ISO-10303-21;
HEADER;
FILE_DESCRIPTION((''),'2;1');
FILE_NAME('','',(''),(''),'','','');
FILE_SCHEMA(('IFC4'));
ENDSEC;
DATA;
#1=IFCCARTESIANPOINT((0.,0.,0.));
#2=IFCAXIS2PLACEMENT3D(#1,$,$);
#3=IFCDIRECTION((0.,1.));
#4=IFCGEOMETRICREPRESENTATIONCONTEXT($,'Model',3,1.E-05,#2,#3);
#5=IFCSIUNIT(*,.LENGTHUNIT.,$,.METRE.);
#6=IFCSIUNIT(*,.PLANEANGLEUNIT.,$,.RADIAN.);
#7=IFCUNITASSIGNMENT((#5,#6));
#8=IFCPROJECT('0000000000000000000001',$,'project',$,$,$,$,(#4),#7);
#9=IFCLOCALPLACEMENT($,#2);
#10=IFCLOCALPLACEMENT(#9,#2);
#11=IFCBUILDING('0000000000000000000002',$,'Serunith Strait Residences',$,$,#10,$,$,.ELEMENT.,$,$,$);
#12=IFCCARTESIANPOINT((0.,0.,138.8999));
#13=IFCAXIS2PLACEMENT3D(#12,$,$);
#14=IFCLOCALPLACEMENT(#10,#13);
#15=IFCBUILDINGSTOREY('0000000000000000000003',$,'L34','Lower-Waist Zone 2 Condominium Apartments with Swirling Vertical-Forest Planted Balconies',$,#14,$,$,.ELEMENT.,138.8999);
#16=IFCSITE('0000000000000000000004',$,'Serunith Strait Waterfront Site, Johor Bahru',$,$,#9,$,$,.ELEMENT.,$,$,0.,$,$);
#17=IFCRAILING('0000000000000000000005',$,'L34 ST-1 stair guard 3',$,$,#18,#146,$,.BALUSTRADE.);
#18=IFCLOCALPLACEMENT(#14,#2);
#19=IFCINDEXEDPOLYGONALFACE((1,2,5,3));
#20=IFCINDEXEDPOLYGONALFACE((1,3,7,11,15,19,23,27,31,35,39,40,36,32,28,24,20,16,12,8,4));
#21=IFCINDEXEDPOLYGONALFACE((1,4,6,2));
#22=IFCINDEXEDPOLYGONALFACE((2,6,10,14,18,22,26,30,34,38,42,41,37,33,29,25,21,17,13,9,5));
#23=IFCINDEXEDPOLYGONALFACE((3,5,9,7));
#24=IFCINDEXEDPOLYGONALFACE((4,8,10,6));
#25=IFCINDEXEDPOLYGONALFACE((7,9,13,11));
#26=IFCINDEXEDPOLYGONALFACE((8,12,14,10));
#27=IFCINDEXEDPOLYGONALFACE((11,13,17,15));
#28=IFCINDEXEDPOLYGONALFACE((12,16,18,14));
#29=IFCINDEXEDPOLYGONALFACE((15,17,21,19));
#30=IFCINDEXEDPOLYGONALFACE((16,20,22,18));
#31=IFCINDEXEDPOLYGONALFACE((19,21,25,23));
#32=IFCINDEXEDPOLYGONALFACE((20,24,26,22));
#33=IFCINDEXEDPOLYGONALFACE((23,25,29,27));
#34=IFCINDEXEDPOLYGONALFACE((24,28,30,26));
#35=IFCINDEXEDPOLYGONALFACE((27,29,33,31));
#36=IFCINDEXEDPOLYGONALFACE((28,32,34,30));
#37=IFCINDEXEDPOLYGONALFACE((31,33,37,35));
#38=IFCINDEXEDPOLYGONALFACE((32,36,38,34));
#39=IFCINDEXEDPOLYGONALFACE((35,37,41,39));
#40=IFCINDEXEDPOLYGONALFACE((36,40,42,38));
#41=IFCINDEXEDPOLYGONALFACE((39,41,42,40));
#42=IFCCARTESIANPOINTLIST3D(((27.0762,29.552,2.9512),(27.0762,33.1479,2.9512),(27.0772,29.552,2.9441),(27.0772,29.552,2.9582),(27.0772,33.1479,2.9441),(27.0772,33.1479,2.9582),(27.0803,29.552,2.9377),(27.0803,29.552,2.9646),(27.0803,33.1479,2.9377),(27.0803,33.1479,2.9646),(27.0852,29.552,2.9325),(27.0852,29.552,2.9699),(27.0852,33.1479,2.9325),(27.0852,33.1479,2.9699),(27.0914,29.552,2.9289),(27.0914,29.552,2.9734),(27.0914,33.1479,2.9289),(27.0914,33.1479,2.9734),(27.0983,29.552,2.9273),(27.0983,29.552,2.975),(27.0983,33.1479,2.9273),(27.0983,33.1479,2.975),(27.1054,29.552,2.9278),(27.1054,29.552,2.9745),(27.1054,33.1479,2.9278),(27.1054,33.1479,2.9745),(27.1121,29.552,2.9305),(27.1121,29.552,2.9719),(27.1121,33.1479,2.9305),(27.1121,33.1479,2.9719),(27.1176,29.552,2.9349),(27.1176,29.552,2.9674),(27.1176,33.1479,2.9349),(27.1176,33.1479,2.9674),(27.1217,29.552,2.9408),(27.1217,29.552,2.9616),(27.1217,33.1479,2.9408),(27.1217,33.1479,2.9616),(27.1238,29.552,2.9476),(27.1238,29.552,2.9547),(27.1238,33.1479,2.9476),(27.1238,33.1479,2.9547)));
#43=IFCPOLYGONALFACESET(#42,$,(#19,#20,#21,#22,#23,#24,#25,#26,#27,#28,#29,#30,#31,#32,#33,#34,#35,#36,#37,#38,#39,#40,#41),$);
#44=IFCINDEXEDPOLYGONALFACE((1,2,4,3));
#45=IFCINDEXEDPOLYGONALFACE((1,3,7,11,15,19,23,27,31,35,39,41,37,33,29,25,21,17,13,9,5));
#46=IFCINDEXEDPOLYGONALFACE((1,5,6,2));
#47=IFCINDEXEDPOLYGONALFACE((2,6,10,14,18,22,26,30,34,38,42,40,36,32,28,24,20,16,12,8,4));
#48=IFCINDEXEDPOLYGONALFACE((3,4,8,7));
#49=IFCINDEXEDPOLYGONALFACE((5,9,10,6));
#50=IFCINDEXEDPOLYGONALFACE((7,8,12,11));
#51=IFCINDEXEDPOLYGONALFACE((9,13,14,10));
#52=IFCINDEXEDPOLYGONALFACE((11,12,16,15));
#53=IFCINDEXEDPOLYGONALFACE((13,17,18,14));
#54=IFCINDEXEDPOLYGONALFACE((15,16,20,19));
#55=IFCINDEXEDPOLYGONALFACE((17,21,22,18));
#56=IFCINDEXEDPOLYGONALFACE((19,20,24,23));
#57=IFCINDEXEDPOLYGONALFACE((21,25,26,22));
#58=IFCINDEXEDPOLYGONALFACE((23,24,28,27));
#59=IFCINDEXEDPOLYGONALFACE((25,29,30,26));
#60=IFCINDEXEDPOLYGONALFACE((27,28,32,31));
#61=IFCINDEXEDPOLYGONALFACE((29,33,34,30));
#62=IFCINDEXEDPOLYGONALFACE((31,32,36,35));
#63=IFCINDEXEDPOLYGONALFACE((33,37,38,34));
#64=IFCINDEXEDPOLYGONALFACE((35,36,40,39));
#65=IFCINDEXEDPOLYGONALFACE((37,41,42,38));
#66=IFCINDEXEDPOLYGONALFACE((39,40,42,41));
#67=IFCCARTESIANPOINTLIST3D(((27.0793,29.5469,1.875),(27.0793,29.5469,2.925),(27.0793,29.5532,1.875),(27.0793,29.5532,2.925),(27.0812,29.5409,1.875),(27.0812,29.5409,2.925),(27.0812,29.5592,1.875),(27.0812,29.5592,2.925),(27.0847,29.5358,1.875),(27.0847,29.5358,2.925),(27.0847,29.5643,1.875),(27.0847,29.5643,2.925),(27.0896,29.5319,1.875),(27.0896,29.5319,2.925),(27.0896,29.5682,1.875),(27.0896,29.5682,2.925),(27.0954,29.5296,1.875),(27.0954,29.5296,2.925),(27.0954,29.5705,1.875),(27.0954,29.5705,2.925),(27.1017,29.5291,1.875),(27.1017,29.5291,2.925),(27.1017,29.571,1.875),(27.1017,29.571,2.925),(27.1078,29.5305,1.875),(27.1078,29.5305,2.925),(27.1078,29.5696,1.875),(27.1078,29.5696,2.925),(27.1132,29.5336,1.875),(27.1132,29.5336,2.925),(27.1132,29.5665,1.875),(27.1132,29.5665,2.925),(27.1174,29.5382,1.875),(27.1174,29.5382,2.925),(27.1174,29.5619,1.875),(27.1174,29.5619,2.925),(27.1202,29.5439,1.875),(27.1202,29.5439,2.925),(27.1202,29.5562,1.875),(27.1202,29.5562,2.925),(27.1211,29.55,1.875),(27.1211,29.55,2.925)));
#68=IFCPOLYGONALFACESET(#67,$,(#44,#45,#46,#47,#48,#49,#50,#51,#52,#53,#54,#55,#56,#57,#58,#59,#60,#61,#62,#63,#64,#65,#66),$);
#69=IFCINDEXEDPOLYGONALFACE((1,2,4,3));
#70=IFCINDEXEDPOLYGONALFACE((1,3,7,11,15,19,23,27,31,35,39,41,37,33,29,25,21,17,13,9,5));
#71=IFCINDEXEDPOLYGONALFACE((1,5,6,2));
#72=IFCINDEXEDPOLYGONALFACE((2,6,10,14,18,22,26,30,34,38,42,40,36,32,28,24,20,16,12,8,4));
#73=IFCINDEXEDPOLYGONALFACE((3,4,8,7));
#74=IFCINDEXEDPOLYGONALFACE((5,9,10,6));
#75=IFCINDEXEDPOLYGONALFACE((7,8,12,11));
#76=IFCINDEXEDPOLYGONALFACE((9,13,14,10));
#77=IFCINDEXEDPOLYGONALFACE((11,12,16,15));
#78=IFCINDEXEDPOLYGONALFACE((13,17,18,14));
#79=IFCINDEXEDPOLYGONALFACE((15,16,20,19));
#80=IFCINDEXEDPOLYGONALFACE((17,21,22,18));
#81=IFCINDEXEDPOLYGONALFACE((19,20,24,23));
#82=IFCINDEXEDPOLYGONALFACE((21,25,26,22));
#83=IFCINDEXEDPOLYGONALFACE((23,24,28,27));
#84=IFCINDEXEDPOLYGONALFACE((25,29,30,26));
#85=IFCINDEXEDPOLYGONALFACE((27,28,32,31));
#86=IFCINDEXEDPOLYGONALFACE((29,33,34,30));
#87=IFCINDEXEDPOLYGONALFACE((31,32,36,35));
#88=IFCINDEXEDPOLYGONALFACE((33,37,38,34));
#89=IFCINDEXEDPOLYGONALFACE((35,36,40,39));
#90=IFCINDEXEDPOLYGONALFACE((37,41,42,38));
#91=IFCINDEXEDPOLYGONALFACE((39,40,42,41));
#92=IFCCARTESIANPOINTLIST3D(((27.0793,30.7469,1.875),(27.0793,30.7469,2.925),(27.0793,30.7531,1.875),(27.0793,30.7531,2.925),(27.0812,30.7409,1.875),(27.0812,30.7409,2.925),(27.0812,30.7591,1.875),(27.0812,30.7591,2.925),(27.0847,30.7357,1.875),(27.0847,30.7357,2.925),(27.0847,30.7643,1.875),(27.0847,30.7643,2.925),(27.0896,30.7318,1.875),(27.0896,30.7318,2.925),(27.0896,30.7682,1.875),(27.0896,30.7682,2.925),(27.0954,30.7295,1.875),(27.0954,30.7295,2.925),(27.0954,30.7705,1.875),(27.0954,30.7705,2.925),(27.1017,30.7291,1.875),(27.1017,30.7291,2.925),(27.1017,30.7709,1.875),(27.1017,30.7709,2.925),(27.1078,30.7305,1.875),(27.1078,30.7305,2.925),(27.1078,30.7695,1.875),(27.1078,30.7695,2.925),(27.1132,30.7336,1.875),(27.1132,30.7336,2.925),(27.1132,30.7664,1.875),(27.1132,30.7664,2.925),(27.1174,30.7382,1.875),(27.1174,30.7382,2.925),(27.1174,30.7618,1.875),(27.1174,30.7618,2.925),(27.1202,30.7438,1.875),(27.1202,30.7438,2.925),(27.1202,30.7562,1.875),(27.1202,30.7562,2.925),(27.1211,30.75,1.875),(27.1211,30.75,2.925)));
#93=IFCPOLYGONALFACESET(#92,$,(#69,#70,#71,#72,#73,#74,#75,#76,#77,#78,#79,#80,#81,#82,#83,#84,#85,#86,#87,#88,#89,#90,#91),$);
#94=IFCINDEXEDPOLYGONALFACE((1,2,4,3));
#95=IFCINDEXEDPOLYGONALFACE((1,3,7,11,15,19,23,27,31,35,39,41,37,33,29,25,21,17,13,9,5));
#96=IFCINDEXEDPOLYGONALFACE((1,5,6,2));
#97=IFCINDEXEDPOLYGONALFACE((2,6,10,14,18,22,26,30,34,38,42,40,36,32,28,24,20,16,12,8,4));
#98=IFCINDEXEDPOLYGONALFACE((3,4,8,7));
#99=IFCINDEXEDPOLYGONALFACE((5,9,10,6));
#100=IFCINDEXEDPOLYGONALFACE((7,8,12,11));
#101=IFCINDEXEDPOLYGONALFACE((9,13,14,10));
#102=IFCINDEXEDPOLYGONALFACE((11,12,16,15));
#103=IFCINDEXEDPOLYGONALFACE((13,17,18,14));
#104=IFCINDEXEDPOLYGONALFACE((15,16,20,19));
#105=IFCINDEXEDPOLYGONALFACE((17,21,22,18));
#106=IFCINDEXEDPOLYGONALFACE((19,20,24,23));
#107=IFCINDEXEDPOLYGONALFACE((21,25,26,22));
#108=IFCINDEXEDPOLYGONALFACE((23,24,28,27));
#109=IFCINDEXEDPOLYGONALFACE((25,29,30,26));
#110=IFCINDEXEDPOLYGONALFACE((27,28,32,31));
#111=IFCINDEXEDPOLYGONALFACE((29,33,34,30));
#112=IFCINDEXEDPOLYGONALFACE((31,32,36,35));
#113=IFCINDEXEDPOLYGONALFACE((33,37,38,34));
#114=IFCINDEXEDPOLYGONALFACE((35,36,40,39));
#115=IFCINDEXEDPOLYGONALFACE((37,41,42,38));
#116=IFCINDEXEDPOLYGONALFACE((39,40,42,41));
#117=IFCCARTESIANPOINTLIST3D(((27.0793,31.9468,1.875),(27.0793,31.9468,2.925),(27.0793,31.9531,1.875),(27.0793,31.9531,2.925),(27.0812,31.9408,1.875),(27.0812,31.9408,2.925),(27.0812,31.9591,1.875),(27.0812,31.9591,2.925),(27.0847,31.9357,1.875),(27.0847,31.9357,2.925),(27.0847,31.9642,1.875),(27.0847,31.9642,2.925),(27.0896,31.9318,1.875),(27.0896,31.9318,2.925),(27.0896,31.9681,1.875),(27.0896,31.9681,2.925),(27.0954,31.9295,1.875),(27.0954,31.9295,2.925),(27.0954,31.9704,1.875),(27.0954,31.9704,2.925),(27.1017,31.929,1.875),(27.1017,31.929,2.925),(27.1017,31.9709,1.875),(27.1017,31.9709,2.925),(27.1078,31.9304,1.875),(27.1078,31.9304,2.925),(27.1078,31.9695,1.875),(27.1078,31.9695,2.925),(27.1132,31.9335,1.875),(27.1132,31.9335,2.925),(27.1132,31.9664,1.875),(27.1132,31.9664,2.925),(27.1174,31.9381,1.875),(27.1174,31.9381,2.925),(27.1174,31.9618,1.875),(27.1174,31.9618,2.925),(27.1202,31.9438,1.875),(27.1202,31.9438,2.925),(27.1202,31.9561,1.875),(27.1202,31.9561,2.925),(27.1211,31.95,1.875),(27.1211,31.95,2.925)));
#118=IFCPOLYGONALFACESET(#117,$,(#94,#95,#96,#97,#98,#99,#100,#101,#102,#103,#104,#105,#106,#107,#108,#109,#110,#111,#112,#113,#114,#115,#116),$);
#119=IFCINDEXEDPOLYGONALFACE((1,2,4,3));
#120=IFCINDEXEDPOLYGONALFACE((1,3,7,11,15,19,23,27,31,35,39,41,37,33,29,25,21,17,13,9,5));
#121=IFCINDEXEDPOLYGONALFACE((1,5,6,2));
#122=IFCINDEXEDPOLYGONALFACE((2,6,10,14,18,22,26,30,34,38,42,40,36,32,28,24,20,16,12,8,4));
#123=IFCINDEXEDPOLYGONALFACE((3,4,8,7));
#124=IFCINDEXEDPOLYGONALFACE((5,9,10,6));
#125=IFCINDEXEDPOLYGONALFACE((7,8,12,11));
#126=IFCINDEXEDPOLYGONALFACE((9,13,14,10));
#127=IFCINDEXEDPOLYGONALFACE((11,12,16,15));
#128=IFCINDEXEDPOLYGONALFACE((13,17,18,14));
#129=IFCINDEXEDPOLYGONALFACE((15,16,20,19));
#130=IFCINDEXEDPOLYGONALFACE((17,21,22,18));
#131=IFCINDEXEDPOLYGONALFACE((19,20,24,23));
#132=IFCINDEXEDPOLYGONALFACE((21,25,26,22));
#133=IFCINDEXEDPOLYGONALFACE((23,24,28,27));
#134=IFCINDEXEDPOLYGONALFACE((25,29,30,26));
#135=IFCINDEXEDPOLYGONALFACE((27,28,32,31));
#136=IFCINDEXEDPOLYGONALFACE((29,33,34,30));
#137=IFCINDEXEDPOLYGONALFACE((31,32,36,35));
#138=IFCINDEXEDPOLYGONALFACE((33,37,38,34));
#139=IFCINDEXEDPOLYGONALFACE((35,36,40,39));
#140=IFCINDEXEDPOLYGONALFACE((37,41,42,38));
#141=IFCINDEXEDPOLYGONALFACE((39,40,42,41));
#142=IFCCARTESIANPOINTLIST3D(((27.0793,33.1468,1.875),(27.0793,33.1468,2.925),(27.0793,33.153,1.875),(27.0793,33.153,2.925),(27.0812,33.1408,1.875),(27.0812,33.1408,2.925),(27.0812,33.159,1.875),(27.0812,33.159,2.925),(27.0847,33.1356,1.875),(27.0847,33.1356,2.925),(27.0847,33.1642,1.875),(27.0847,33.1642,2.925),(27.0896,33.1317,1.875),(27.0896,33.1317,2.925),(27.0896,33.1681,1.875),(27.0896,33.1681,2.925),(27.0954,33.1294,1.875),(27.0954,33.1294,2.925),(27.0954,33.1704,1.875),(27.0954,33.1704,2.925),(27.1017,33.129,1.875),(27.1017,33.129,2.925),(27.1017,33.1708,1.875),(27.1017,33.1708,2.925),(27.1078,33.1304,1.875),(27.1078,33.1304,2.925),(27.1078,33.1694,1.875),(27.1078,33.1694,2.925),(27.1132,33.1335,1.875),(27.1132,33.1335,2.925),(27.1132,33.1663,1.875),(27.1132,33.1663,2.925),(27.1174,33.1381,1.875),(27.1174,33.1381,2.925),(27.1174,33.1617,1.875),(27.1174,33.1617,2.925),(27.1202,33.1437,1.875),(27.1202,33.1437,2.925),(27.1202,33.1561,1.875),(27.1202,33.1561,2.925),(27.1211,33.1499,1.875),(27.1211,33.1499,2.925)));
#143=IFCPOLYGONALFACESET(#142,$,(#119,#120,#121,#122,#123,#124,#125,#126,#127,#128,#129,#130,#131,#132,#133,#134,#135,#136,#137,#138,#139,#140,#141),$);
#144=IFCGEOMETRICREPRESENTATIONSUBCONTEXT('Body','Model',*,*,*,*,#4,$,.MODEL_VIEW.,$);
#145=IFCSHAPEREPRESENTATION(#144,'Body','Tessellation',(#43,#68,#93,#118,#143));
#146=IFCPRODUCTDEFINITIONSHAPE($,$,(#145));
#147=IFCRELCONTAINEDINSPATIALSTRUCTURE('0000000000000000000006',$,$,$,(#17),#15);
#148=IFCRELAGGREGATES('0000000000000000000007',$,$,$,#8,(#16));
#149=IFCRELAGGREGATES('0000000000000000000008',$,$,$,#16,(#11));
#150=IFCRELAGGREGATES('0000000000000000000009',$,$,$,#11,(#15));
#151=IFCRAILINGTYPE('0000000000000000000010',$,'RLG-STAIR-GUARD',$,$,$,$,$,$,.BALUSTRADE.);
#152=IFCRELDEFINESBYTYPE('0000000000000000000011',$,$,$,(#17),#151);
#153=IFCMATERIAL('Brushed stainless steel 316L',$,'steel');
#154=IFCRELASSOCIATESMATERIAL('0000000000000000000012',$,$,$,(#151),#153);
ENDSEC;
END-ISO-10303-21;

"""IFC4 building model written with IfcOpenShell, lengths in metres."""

from ifc_helpers import new_model, si_unit, direction, frame, origin, origin_2d, place, context, subcontext, project, spatial, circle, extrude, material, type_object, element, save


model = new_model("IFC4")

# Units and contexts
model_context = context("Model", 3, precision=1e-05, world=origin(), true_north=direction((0.0, 1.0)))
body_context = subcontext(model_context, "Body", "Model", "MODEL_VIEW")
ifc_project = project(units=[si_unit("LENGTHUNIT", "METRE"), si_unit("PLANEANGLEUNIT", "RADIAN")], contexts=[model_context])

# Site, building, storey
site_placement = place(None, origin())
site = spatial("IfcSite", under=ifc_project, at=site_placement, Name="Serunith Strait Waterfront Site, Johor Bahru", CompositionType="ELEMENT", RefElevation=0.0)
building_placement = place(site_placement, origin())
building = spatial("IfcBuilding", under=site, at=building_placement, Name="Serunith Strait Residences", CompositionType="ELEMENT")
storey_placement = place(building_placement, frame((0.0, 0.0, 138.8999)))
storey = spatial("IfcBuildingStorey", under=building, at=storey_placement, Name="L34", Description="Lower-Waist Zone 2 Condominium Apartments with Swirling Vertical-Forest Planted Balconies", CompositionType="ELEMENT", Elevation=138.8999)

# Railing
ifc_material_1 = material(Name="Brushed stainless steel 316L", Category="steel")
railing_type_1 = type_object("IfcRailingType", Name="RLG-STAIR-GUARD", PredefinedType="BALUSTRADE", material=ifc_material_1)
for number, where, name in (
    (1, (27.1001, 29.55, 1.875), "L34 ST-1 stair guard 3"),
):
    element("IfcRailing", number, at=place(storey_placement, frame(where)), inside=storey, type_object=railing_type_1, Name=name, PredefinedType="BALUSTRADE", context=body_context, shape_type="SweptSolid", body=[
        extrude(circle(Radius=0.0239, at=origin_2d()), frame((0.0, 0.002, 1.0762), z_axis=(0.0, 1.0, 0.0), x_axis=(-1.0, 0.0, 0.0)), (0.0, 0.0, 1.0), 3.5959),
        extrude(circle(Radius=0.021, at=origin_2d()), origin(), (0.0, 0.0, 1.0), 1.05),
        extrude(circle(Radius=0.021, at=origin_2d()), frame((0.0, 1.2, 0.0)), (0.0, 0.0, 1.0), 1.05),
        extrude(circle(Radius=0.021, at=origin_2d()), frame((0.0, 2.3999, 0.0)), (0.0, 0.0, 1.0), 1.05),
        extrude(circle(Radius=0.021, at=origin_2d()), frame((0.0, 3.5999, 0.0)), (0.0, 0.0, 1.0), 1.05),
    ])

save(model, "model.ifc")
